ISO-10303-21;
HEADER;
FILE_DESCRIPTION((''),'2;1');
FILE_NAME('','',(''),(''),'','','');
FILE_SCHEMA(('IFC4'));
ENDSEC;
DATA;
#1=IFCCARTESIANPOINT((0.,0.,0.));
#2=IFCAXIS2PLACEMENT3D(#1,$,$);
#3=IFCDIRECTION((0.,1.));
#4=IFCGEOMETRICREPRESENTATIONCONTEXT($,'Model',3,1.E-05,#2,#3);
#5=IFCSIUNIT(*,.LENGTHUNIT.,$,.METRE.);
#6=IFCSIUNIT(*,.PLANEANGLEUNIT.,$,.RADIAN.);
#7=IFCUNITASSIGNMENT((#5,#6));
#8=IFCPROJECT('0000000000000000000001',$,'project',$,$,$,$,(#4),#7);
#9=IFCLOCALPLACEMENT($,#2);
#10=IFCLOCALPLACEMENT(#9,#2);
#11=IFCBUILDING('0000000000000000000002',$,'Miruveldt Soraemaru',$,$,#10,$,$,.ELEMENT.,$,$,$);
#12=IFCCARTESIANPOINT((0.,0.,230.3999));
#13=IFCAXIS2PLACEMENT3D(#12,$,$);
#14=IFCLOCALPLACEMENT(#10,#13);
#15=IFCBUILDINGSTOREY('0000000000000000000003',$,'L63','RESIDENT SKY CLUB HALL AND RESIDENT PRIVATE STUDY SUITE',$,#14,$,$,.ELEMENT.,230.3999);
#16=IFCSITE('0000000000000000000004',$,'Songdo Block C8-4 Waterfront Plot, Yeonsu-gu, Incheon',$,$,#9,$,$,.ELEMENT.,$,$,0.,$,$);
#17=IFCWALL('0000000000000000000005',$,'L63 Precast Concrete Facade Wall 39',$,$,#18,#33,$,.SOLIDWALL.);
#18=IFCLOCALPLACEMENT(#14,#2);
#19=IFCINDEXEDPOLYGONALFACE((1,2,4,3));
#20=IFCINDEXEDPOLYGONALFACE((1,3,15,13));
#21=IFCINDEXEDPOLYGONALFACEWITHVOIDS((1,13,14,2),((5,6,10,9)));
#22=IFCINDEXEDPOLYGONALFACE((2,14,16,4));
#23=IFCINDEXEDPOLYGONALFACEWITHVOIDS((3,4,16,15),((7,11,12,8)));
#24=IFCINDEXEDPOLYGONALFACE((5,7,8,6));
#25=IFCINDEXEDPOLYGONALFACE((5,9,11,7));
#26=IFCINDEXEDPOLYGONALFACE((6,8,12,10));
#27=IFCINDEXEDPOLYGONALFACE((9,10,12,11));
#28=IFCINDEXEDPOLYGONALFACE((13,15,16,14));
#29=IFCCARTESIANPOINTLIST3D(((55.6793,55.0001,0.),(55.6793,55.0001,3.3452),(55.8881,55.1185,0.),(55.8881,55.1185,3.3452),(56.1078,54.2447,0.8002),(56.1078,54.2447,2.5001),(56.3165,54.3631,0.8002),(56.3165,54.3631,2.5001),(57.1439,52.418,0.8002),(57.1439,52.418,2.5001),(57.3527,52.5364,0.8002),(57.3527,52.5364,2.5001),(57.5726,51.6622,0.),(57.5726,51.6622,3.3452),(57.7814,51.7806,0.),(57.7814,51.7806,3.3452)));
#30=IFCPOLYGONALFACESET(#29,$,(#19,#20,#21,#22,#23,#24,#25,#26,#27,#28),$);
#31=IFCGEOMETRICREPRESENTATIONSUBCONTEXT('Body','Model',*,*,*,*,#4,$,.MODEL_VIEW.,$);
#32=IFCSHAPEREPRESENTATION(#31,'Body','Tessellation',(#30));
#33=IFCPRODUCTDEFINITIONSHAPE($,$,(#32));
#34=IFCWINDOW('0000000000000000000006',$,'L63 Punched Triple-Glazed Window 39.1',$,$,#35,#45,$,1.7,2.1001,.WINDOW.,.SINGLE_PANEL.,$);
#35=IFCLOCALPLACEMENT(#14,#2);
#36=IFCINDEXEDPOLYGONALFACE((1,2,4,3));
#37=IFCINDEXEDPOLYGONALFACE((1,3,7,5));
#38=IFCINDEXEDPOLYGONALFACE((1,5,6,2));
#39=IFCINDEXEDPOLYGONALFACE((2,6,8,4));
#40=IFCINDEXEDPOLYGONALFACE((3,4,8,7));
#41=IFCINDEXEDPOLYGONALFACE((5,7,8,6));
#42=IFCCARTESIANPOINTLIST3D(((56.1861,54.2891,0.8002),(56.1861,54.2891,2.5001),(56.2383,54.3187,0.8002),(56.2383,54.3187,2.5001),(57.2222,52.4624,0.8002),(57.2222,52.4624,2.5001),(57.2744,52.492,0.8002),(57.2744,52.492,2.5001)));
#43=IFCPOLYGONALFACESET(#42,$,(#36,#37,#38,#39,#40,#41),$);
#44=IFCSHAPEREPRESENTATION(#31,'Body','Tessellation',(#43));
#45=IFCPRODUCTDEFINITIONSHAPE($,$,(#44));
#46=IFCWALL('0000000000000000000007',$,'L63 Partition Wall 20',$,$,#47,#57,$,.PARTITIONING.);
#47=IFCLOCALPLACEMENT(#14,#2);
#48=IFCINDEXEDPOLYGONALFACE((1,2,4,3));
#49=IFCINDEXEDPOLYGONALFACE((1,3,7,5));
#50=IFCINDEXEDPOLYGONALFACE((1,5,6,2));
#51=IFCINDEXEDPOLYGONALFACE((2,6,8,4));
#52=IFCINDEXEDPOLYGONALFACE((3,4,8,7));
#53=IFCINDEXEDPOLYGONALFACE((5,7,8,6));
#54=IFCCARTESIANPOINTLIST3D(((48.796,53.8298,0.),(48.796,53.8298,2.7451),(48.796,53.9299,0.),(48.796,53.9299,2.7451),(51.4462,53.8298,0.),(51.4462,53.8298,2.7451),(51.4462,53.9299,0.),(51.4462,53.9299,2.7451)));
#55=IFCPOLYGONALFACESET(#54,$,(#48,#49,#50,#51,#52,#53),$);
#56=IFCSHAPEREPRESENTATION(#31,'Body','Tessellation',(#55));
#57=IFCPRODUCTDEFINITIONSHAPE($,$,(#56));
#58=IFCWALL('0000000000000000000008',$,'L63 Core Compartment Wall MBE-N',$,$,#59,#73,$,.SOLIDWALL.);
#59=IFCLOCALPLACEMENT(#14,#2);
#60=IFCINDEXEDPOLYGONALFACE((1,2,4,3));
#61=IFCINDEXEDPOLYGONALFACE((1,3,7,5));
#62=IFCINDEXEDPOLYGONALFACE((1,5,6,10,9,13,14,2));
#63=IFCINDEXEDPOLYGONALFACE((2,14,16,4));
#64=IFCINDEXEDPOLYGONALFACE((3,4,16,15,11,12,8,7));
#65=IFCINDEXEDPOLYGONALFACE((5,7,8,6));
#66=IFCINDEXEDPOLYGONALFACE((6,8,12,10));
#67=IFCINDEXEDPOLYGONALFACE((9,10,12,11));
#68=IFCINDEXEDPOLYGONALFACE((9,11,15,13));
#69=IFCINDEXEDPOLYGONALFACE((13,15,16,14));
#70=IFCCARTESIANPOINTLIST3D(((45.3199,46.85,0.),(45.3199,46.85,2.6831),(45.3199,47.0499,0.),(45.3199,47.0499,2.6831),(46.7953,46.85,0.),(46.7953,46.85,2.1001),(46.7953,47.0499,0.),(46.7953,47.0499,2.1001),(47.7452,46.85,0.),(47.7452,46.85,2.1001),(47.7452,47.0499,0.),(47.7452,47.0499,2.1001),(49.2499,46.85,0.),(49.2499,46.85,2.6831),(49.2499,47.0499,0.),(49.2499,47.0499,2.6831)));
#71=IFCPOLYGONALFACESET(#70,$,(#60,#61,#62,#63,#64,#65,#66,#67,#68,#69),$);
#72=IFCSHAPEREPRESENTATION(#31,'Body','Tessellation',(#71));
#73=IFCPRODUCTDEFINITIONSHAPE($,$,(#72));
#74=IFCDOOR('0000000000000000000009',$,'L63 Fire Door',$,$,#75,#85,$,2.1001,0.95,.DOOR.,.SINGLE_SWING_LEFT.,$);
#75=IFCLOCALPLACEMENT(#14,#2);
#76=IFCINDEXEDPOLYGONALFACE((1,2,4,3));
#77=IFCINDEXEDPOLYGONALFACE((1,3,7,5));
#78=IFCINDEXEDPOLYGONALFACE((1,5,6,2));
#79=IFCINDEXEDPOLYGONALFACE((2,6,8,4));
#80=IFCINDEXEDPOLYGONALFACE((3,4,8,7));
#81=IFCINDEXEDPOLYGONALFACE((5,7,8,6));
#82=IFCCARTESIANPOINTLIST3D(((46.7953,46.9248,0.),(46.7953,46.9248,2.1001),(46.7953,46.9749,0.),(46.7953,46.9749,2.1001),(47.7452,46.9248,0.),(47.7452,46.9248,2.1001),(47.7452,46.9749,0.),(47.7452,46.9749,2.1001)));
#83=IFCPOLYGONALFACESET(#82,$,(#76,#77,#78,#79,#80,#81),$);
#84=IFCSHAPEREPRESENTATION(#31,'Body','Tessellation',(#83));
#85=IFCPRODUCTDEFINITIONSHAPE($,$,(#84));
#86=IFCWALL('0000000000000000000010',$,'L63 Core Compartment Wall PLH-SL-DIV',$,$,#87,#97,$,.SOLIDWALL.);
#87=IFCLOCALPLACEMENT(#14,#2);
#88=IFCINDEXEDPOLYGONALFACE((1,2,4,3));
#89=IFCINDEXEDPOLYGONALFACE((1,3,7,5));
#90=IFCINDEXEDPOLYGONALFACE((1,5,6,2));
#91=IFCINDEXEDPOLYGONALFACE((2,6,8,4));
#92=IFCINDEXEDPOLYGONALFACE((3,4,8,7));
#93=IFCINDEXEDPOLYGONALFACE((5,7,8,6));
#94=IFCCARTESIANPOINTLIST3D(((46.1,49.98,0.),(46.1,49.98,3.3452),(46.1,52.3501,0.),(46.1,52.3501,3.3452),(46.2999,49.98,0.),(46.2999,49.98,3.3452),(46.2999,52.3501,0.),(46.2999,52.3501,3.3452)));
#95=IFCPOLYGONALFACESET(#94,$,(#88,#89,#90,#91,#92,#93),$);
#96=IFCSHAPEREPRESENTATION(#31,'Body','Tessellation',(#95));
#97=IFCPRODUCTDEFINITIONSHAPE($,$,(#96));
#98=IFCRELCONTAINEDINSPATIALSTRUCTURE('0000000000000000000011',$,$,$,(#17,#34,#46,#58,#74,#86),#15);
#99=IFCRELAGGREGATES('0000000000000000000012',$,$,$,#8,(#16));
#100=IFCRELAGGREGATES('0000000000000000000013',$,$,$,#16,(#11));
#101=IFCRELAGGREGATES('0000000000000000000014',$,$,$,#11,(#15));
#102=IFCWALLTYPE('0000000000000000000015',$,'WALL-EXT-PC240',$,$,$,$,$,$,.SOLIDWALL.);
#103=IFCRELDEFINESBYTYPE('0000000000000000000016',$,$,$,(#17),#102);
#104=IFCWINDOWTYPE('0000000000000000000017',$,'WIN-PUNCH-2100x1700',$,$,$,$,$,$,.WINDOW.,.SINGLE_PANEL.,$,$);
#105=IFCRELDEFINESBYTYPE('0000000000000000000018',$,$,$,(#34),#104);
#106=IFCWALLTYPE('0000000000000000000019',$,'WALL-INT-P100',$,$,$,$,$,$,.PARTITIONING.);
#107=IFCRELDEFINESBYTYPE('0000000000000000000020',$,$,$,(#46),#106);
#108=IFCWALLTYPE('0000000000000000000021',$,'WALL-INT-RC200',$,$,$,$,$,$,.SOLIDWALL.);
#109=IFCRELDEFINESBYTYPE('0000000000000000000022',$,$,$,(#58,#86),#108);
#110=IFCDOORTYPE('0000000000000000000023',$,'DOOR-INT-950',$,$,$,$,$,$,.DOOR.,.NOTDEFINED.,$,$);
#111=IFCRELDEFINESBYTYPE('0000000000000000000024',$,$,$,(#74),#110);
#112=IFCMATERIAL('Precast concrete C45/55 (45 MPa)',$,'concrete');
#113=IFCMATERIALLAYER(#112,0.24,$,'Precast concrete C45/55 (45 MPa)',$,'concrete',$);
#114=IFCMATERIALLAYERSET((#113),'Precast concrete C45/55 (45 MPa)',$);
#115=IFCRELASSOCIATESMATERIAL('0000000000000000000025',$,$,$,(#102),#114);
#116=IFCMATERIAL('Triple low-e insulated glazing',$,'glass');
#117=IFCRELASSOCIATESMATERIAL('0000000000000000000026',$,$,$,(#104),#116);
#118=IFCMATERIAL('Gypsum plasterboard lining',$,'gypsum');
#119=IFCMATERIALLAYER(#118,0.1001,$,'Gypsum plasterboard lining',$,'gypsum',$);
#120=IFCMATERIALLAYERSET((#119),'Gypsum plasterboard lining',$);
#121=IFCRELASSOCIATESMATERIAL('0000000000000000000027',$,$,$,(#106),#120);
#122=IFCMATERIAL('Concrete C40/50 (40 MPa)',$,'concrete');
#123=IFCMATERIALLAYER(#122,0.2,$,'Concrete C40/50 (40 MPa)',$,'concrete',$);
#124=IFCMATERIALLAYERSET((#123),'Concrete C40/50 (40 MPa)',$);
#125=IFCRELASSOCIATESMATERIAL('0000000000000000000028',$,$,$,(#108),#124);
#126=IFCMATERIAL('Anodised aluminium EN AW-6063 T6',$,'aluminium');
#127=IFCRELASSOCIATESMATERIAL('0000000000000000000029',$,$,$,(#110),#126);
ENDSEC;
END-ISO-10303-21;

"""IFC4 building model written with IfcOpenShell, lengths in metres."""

from ifc_helpers import new_model, si_unit, direction, frame, frame_2d, origin, place, context, subcontext, project, spatial, rectangle, extrude, material, layer, layer_set, type_object, element, fill, save


model = new_model("IFC4")

# Units and contexts
model_context = context("Model", 3, precision=1e-05, world=origin(), true_north=direction((0.0, 1.0)))
body_context = subcontext(model_context, "Body", "Model", "MODEL_VIEW")
ifc_project = project(units=[si_unit("LENGTHUNIT", "METRE"), si_unit("PLANEANGLEUNIT", "RADIAN")], contexts=[model_context])

# Site, building, storey
site_placement = place(None, origin())
site = spatial("IfcSite", under=ifc_project, at=site_placement, Name="Songdo Block C8-4 Waterfront Plot, Yeonsu-gu, Incheon", CompositionType="ELEMENT", RefElevation=0.0)
building_placement = place(site_placement, origin())
building = spatial("IfcBuilding", under=site, at=building_placement, Name="Miruveldt Soraemaru", CompositionType="ELEMENT")
storey_placement = place(building_placement, frame((0.0, 0.0, 230.3999)))
storey = spatial("IfcBuildingStorey", under=building, at=storey_placement, Name="L63", Description="RESIDENT SKY CLUB HALL AND RESIDENT PRIVATE STUDY SUITE", CompositionType="ELEMENT", Elevation=230.3999)

# Wall, opening, window
ifc_material_1 = material(Name="Precast concrete C45/55 (45 MPa)", Category="concrete")
ifc_layer_1 = layer(ifc_material_1, 0.24, Name="Precast concrete C45/55 (45 MPa)", Category="concrete")
ifc_layer_set_1 = layer_set([ifc_layer_1], Name="Precast concrete C45/55 (45 MPa)")
wall_type_1 = type_object("IfcWallType", Name="WALL-EXT-PC240", PredefinedType="SOLIDWALL", material=ifc_layer_set_1)
ifc_material_2 = material(Name="Triple low-e insulated glazing", Category="glass")
window_type = type_object("IfcWindowType", Name="WIN-PUNCH-2100x1700", PartitioningType="SINGLE_PANEL", PredefinedType="WINDOW", material=ifc_material_2)
wall_1_placement = place(storey_placement, frame((57.677, 51.7214, 0.0), z_axis=(0.0, 0.0, 1.0), x_axis=(-0.493375, 0.869817, 0.0)))
wall_1 = element("IfcWall", 1, at=wall_1_placement, inside=storey, type_object=wall_type_1, Name="L63 Precast Concrete Facade Wall 39", PredefinedType="SOLIDWALL", context=body_context, shape_type="SweptSolid", body=[
    extrude(rectangle(XDim=3.8374, YDim=0.24, at=frame_2d((1.9187, 0.0))), origin(), (0.0, 0.0, 1.0), 3.3452),
])
opening_1_placement = place(wall_1_placement, frame((0.8689, 0.0, 0.8)))
opening_1 = element("IfcOpeningElement", 2, at=opening_1_placement, cuts=wall_1, PredefinedType="OPENING", context=body_context, shape_type="SweptSolid", body=[
    extrude(rectangle(XDim=2.1001, YDim=1.7, at=frame_2d((1.05, 0.8501))), frame((0.0, 0.1299, 0.0), z_axis=(0.0, -1.0, 0.0), x_axis=(1.0, 0.0, 0.0)), (0.0, 0.0, 1.0), 0.26),
])
window_1_placement = place(opening_1_placement, origin())
window_1 = element("IfcWindow", 3, at=window_1_placement, inside=storey, type_object=window_type, Name="L63 Punched Triple-Glazed Window 39.1", OverallHeight=1.7, OverallWidth=2.1001, PartitioningType="SINGLE_PANEL", PredefinedType="WINDOW", context=body_context, shape_type="SweptSolid", body=[
    extrude(rectangle(XDim=2.1001, YDim=1.7, at=frame_2d((1.05, 0.8501))), frame((0.0, 0.03, 0.0), z_axis=(0.0, -1.0, 0.0), x_axis=(1.0, 0.0, 0.0)), (0.0, 0.0, 1.0), 0.0601),
])
fill(opening_1, window_1)

# Wall
ifc_material_3 = material(Name="Gypsum plasterboard lining", Category="gypsum")
ifc_layer_2 = layer(ifc_material_3, 0.1001, Name="Gypsum plasterboard lining", Category="gypsum")
ifc_layer_set_2 = layer_set([ifc_layer_2], Name="Gypsum plasterboard lining")
wall_type_2 = type_object("IfcWallType", Name="WALL-INT-P100", PredefinedType="PARTITIONING", material=ifc_layer_set_2)
wall_2_placement = place(storey_placement, frame((48.7959, 53.8799, 0.0), z_axis=(0.0, 0.0, 1.0), x_axis=(1.0, 0.0, 0.0)))
element("IfcWall", 4, at=wall_2_placement, inside=storey, type_object=wall_type_2, Name="L63 Partition Wall 20", PredefinedType="PARTITIONING", context=body_context, shape_type="SweptSolid", body=[
    extrude(rectangle(XDim=2.6501, YDim=0.1001, at=frame_2d((1.3252, 0.0))), origin(), (0.0, 0.0, 1.0), 2.7451),
])

# Shared definitions
ifc_material_4 = material(Name="Concrete C40/50 (40 MPa)", Category="concrete")
ifc_layer_3 = layer(ifc_material_4, 0.2, Name="Concrete C40/50 (40 MPa)", Category="concrete")
ifc_layer_set_3 = layer_set([ifc_layer_3], Name="Concrete C40/50 (40 MPa)")
wall_type_3 = type_object("IfcWallType", Name="WALL-INT-RC200", PredefinedType="SOLIDWALL", material=ifc_layer_set_3)
ifc_material_5 = material(Name="Anodised aluminium EN AW-6063 T6", Category="aluminium")

# Wall, opening, door
wall_3_placement = place(storey_placement, frame((45.3201, 46.95, 0.0), z_axis=(0.0, 0.0, 1.0), x_axis=(1.0, 0.0, 0.0)))
wall_3 = element("IfcWall", 5, at=wall_3_placement, inside=storey, type_object=wall_type_3, Name="L63 Core Compartment Wall MBE-N", PredefinedType="SOLIDWALL", context=body_context, shape_type="SweptSolid", body=[
    extrude(rectangle(XDim=3.9299, YDim=0.2, at=frame_2d((1.9648, 0.0))), origin(), (0.0, 0.0, 1.0), 2.6831),
])
opening_2_placement = place(wall_3_placement, frame((1.4751, 0.0, 0.0)))
opening_2 = element("IfcOpeningElement", 6, at=opening_2_placement, cuts=wall_3, PredefinedType="OPENING", context=body_context, shape_type="SweptSolid", body=[
    extrude(rectangle(XDim=0.95, YDim=2.1001, at=frame_2d((0.4751, 1.05))), frame((0.0, 0.1099, 0.0), z_axis=(0.0, -1.0, 0.0), x_axis=(1.0, 0.0, 0.0)), (0.0, 0.0, 1.0), 0.22),
])
door_type_1 = type_object("IfcDoorType", Name="DOOR-INT-950", OperationType="NOTDEFINED", PredefinedType="DOOR", material=ifc_material_5)
door_1_placement = place(opening_2_placement, origin())
door_1 = element("IfcDoor", 7, at=door_1_placement, inside=storey, type_object=door_type_1, Name="L63 Fire Door", OperationType="SINGLE_SWING_LEFT", OverallHeight=2.1001, OverallWidth=0.95, PredefinedType="DOOR", context=body_context, shape_type="SweptSolid", body=[
    extrude(rectangle(XDim=0.95, YDim=2.1001, at=frame_2d((0.4751, 1.05))), frame((0.0, 0.0249, 0.0), z_axis=(0.0, -1.0, 0.0), x_axis=(1.0, 0.0, 0.0)), (0.0, 0.0, 1.0), 0.05),
])
fill(opening_2, door_1)

# Wall
wall_4_placement = place(storey_placement, frame((46.2, 49.98, 0.0), z_axis=(0.0, 0.0, 1.0), x_axis=(0.0, 1.0, 0.0)))
element("IfcWall", 8, at=wall_4_placement, inside=storey, type_object=wall_type_3, Name="L63 Core Compartment Wall PLH-SL-DIV", PredefinedType="SOLIDWALL", context=body_context, shape_type="SweptSolid", body=[
    extrude(rectangle(XDim=2.3701, YDim=0.2, at=frame_2d((1.1851, 0.0))), origin(), (0.0, 0.0, 1.0), 3.3452),
])

save(model, "model.ifc")
